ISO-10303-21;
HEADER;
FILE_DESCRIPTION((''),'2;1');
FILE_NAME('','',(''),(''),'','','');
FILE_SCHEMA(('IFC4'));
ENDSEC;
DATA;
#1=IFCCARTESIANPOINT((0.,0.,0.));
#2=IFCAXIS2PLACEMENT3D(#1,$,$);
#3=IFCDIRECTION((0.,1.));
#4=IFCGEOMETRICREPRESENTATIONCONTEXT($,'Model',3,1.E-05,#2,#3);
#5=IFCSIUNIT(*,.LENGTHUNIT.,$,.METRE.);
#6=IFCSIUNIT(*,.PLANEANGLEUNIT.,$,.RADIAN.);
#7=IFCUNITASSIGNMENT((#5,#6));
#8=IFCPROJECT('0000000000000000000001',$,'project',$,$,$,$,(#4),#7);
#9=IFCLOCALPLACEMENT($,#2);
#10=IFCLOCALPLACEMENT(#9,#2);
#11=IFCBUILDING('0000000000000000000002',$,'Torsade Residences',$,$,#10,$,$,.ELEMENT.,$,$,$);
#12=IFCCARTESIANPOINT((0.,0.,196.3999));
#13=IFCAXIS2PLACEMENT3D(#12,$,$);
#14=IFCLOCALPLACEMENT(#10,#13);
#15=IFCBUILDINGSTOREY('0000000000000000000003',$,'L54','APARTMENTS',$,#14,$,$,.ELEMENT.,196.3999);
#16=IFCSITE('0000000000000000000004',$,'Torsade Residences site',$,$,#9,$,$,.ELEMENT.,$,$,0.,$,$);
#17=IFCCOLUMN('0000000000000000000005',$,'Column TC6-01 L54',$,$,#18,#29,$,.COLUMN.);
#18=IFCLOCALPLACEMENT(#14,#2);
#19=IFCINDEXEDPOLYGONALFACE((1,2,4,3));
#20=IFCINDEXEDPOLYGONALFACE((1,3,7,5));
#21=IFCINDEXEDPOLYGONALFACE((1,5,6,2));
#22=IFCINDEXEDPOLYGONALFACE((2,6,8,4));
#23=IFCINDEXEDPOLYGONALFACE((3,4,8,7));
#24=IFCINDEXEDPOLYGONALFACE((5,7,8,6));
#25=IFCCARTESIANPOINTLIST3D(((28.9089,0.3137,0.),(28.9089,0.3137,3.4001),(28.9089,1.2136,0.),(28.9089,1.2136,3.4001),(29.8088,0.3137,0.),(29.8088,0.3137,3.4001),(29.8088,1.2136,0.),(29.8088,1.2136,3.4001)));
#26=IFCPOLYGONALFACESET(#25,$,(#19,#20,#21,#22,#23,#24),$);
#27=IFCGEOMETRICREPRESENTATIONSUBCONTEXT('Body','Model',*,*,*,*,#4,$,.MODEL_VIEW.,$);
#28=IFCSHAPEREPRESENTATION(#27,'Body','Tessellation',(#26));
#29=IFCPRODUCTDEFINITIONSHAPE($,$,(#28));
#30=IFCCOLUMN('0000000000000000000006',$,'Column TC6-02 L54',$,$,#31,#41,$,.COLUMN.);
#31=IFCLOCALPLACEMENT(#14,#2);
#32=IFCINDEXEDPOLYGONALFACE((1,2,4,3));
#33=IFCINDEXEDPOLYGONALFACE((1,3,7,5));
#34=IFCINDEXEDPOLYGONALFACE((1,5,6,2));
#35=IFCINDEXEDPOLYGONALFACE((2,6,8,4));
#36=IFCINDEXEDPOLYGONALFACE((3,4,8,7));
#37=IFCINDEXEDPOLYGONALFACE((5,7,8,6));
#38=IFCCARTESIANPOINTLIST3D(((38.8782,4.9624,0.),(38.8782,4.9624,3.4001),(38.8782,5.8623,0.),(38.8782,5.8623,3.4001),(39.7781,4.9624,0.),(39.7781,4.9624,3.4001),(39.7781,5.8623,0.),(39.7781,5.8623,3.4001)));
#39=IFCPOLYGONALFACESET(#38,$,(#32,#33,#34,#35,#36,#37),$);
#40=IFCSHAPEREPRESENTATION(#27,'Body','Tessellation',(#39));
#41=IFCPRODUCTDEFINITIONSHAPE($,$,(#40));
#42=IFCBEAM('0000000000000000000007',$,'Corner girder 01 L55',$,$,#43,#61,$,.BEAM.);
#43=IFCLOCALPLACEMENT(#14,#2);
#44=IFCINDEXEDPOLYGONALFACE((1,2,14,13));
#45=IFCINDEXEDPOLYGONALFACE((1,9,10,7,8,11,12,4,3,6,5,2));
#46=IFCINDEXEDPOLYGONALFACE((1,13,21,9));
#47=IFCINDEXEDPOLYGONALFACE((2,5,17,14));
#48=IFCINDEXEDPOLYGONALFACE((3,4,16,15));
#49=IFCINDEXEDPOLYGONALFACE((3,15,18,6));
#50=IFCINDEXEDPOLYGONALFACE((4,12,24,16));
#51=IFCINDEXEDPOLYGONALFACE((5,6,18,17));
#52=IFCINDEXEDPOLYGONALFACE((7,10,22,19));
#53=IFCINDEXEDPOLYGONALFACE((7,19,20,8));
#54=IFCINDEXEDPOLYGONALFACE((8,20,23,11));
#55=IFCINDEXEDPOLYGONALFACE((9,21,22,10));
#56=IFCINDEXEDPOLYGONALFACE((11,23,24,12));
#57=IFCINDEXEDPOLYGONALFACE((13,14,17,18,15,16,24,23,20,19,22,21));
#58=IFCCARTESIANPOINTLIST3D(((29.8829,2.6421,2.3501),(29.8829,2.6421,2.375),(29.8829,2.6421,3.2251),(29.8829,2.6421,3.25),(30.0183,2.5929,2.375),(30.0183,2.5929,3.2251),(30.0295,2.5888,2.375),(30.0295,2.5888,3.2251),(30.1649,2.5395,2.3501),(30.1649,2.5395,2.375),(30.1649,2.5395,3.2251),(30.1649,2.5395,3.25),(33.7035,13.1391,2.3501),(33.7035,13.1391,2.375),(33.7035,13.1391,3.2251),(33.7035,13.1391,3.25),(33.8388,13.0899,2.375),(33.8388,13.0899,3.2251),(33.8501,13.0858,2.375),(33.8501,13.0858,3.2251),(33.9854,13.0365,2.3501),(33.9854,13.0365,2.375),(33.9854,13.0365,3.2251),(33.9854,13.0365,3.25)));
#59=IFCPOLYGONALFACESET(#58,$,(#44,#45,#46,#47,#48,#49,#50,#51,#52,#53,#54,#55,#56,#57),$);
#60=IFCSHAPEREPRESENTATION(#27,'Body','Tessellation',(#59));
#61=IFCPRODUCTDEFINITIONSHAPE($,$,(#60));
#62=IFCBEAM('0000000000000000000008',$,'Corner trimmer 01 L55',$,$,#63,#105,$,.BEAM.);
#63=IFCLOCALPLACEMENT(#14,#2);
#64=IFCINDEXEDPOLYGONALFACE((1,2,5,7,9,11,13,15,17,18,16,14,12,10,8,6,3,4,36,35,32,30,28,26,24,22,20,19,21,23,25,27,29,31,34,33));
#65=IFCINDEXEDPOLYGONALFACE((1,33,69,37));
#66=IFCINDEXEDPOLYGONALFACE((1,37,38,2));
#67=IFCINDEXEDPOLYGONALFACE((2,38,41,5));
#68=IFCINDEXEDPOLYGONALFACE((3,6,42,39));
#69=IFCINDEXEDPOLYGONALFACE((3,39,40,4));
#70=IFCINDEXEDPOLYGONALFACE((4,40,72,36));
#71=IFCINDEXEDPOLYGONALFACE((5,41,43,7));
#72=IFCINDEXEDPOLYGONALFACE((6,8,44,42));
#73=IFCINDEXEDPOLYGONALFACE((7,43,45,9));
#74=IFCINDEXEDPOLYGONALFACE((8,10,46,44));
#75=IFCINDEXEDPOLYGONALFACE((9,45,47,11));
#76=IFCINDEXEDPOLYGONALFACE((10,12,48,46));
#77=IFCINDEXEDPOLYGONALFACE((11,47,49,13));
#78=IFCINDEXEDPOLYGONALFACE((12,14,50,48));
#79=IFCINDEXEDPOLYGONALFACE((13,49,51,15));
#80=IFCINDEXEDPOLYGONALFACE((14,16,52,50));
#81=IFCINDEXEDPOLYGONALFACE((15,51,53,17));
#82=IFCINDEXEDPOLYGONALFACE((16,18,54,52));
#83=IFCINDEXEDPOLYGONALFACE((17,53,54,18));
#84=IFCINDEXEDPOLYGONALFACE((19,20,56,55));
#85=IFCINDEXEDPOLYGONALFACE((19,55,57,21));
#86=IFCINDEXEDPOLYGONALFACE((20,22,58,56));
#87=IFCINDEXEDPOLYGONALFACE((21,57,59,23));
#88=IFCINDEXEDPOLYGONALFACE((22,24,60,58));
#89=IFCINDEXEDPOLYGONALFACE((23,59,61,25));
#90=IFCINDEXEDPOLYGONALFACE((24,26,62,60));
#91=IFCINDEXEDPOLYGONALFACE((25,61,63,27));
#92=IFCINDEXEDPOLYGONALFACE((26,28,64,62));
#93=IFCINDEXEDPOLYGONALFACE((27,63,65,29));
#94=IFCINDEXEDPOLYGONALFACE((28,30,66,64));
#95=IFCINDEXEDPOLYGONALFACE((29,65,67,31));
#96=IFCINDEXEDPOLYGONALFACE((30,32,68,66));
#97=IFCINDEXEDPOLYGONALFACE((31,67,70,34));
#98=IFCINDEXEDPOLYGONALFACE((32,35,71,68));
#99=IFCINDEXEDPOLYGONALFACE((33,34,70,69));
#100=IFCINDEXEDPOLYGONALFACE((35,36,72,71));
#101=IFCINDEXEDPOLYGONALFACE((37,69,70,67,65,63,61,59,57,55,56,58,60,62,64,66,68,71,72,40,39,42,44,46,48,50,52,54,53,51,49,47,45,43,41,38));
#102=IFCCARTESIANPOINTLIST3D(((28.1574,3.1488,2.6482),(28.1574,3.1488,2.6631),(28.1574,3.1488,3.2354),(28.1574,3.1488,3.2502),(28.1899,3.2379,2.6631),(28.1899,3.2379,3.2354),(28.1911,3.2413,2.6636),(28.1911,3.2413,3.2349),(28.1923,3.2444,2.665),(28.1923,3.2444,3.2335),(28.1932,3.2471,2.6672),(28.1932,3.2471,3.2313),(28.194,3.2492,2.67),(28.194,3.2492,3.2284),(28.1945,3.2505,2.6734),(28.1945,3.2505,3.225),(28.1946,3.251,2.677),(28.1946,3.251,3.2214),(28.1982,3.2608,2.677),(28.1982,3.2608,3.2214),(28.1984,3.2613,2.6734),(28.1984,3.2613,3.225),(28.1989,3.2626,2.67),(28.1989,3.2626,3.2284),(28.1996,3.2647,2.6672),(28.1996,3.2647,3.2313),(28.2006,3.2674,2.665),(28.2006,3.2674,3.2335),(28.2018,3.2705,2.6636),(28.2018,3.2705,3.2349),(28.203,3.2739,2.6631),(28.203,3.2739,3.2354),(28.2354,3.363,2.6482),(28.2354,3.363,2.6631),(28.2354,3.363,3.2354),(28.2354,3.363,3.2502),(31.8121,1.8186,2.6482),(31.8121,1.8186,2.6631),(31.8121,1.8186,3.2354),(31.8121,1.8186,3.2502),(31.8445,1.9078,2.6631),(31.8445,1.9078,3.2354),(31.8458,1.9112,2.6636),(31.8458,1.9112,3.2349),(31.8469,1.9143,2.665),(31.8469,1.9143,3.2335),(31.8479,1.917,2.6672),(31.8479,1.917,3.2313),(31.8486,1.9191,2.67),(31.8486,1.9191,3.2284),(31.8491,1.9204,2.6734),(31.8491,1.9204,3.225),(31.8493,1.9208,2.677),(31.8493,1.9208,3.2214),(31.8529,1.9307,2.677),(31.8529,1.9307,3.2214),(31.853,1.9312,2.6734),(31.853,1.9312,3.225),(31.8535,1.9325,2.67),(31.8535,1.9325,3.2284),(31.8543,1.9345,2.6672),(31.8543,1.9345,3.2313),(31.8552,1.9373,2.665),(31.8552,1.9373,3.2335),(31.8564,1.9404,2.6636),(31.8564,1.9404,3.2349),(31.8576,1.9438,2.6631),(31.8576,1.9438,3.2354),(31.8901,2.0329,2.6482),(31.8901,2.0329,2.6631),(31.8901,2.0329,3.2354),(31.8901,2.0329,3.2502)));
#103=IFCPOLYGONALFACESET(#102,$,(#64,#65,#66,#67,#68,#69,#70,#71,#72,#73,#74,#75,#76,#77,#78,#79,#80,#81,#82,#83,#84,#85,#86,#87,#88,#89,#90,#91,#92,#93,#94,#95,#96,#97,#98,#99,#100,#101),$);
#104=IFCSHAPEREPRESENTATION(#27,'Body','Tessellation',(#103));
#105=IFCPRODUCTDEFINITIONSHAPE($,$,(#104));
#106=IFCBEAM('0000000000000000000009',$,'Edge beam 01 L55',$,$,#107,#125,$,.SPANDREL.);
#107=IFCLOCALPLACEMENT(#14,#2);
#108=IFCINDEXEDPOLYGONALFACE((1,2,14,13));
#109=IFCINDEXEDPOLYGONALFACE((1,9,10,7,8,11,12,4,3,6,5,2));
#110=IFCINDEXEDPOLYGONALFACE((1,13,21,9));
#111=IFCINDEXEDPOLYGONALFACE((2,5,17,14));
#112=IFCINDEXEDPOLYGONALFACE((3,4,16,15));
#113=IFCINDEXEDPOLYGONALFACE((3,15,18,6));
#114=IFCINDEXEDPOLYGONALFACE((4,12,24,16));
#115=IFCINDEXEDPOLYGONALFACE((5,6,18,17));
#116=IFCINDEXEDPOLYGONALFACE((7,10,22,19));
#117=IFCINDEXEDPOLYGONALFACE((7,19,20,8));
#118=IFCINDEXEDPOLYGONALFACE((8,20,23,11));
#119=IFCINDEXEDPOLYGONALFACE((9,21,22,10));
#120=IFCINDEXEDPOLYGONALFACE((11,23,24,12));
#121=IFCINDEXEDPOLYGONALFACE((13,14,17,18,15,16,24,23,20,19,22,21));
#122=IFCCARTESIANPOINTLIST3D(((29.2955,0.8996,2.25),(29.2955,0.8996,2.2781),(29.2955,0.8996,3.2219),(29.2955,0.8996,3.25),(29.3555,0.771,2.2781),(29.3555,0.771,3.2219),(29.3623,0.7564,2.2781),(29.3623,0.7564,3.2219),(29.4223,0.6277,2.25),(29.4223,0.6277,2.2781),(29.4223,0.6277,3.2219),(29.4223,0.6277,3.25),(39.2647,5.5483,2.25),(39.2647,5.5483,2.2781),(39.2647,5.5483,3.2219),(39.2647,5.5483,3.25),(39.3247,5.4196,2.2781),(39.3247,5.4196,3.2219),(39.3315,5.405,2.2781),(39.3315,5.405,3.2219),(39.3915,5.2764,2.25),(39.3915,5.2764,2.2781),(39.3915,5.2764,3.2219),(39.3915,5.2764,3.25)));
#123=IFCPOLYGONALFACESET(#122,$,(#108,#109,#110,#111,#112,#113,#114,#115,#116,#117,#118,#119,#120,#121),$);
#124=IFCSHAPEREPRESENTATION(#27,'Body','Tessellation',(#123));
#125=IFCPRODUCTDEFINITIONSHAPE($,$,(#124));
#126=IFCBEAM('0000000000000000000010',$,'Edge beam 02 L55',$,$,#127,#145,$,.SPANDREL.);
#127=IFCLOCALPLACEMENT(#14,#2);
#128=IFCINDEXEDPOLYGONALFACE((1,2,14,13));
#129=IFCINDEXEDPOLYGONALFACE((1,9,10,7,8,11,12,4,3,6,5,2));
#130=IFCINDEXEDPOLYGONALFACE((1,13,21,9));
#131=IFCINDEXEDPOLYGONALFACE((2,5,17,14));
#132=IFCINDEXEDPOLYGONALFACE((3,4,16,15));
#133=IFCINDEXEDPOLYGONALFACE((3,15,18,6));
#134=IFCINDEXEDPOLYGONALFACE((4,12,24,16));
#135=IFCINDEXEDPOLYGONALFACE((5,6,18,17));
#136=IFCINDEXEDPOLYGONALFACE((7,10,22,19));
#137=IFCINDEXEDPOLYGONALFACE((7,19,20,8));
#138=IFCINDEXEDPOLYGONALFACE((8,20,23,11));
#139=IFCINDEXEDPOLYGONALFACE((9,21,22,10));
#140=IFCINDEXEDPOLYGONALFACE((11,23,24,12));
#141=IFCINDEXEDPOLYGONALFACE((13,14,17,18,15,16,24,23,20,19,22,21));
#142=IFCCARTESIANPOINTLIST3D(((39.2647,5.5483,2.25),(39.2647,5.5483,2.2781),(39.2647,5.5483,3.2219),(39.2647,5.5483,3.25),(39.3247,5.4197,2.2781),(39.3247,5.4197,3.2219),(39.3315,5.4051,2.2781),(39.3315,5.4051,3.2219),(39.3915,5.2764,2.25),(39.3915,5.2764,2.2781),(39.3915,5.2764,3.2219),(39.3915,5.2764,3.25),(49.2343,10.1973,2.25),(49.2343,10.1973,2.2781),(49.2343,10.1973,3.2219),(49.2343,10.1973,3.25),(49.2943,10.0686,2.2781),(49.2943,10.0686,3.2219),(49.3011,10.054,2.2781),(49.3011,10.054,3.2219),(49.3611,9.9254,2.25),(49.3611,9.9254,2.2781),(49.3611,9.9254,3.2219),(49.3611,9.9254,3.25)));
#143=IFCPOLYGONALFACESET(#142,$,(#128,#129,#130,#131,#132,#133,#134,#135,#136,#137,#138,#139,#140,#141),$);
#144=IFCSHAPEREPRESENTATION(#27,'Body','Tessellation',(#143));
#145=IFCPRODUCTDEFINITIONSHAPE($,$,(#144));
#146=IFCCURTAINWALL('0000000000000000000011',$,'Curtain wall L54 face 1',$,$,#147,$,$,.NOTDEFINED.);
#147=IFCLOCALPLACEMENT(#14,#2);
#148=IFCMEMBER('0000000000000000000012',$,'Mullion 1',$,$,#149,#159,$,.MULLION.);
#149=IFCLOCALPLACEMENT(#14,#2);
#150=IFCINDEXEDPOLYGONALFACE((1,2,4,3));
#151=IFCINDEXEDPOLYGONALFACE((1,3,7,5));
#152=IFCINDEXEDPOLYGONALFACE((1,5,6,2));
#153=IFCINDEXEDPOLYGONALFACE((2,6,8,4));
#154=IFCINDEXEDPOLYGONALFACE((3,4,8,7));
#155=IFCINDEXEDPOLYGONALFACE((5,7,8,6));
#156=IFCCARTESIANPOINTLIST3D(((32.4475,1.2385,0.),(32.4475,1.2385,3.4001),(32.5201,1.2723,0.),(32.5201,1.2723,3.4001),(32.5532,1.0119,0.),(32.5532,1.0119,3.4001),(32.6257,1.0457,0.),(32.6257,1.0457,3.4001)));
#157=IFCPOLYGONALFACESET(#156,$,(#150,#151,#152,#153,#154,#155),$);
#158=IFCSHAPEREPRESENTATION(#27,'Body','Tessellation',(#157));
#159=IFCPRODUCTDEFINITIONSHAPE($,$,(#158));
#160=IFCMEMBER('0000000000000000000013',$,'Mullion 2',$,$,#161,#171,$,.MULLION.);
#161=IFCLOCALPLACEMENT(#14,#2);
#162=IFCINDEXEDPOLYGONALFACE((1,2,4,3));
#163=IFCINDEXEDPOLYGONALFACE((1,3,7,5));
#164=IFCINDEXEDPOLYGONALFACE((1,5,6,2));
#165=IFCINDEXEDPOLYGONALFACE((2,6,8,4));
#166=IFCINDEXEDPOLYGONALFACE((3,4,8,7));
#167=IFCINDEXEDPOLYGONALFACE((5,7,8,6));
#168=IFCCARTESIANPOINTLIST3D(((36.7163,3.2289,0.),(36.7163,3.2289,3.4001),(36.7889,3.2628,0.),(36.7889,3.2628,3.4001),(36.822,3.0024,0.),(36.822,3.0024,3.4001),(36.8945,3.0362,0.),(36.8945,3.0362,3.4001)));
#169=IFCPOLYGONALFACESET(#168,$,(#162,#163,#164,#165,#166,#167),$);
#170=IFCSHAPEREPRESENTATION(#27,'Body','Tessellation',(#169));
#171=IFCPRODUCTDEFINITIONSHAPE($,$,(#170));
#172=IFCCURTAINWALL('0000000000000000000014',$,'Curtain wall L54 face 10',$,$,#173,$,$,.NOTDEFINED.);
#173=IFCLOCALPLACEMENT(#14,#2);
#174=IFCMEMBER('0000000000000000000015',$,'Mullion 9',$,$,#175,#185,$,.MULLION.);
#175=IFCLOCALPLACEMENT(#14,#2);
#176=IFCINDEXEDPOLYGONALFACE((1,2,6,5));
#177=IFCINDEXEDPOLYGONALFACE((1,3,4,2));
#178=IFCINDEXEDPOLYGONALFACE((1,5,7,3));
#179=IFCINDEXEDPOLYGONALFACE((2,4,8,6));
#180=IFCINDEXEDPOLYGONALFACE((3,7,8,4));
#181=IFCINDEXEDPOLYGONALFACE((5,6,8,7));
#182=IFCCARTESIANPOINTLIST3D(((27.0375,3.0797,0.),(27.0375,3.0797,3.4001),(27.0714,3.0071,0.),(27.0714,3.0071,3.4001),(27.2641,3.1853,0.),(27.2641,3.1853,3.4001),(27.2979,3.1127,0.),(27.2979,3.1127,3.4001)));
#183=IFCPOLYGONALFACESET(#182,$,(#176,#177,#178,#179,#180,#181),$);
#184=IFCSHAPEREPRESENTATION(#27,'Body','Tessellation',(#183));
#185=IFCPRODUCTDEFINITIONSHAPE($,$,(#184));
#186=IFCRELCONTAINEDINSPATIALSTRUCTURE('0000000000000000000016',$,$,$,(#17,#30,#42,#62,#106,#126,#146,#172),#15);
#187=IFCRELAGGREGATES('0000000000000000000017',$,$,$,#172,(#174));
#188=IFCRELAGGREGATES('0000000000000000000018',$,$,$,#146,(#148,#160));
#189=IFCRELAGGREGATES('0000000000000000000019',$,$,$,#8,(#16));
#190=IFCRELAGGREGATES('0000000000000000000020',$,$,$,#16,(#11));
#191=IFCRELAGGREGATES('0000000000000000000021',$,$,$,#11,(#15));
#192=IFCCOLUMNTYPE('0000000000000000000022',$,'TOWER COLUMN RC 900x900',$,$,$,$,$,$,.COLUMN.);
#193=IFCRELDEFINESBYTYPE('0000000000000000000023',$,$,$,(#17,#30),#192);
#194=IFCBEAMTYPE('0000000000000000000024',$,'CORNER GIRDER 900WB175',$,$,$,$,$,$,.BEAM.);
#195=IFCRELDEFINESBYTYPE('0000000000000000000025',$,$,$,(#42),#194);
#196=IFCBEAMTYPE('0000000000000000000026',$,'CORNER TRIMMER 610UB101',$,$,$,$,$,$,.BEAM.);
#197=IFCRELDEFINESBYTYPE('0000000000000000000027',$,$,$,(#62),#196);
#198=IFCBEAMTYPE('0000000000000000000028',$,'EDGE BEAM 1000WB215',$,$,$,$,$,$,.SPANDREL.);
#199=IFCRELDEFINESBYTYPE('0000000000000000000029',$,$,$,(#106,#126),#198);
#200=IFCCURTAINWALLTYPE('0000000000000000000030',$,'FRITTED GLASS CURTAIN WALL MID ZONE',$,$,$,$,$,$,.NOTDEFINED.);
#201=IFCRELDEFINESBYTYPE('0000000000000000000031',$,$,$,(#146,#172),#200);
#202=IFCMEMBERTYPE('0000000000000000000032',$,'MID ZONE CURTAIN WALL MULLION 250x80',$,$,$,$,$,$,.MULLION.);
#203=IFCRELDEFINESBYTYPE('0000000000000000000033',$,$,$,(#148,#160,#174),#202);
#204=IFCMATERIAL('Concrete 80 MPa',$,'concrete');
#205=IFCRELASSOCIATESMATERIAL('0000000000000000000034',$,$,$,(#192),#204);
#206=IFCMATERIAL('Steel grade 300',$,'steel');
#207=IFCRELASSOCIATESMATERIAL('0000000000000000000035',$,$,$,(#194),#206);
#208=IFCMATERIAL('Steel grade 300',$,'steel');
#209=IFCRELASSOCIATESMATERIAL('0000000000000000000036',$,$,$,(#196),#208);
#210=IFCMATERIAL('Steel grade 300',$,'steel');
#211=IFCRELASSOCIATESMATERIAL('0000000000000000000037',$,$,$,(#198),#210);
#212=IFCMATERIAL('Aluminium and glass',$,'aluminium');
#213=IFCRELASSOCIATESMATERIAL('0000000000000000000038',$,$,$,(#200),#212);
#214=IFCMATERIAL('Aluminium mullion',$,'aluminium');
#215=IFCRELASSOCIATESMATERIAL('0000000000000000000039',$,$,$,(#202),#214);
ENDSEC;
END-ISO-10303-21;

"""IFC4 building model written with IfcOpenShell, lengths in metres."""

from ifc_helpers import new_model, si_unit, direction, frame, origin, origin_2d, place, context, subcontext, project, spatial, rectangle, i_section, extrude, material, material_profile, profile_set, type_object, element, aggregate, save


model = new_model("IFC4")

# Units and contexts
model_context = context("Model", 3, precision=1e-05, world=origin(), true_north=direction((0.0, 1.0)))
body_context = subcontext(model_context, "Body", "Model", "MODEL_VIEW")
ifc_project = project(units=[si_unit("LENGTHUNIT", "METRE"), si_unit("PLANEANGLEUNIT", "RADIAN")], contexts=[model_context])

# Site, building, storey
site_placement = place(None, origin())
site = spatial("IfcSite", under=ifc_project, at=site_placement, Name="Torsade Residences site", CompositionType="ELEMENT", RefElevation=0.0)
building_placement = place(site_placement, origin())
building = spatial("IfcBuilding", under=site, at=building_placement, Name="Torsade Residences", CompositionType="ELEMENT")
storey_placement = place(building_placement, frame((0.0, 0.0, 196.3999)))
storey = spatial("IfcBuildingStorey", under=building, at=storey_placement, Name="L54", Description="APARTMENTS", CompositionType="ELEMENT", Elevation=196.3999)

# Columns
ifc_material_1 = material(Name="Concrete 80 MPa", Category="concrete")
ifc_material_profile_1 = material_profile(ifc_material_1, rectangle(XDim=0.8999, YDim=0.8999, at=origin_2d()), Name="RC 900x900")
ifc_profile_set_1 = profile_set([ifc_material_profile_1], Name="Concrete 80 MPa")
column_type = type_object("IfcColumnType", Name="TOWER COLUMN RC 900x900", PredefinedType="COLUMN", material=ifc_profile_set_1)
for number, where, z_axis, x_axis, name in (
    (1, (29.3589, 0.7637, 0.0), (0.0, 0.0, 1.0), (1.0, 0.0, 0.0), "Column TC6-01 L54"),
    (2, (39.3281, 5.4124, 0.0), (0.0, 0.0, 1.0), (1.0, 0.0, 0.0), "Column TC6-02 L54"),
):
    element("IfcColumn", number, at=place(storey_placement, frame(where, z_axis=z_axis, x_axis=x_axis)), inside=storey, type_object=column_type, Name=name, PredefinedType="COLUMN", context=body_context, shape_type="SweptSolid", body=[
        extrude(rectangle(XDim=0.8999, YDim=0.8999, at=origin_2d()), origin(), (0.0, 0.0, 1.0), 3.4001),
    ])

# Beams
ifc_material_2 = material(Name="Steel grade 300", Category="steel")
ifc_material_profile_2 = material_profile(ifc_material_2, i_section(OverallWidth=0.3, OverallDepth=0.8999, WebThickness=0.012, FlangeThickness=0.0249, at=origin_2d()), Name="900WB175")
ifc_profile_set_2 = profile_set([ifc_material_profile_2], Name="Steel grade 300")
beam_type_1 = type_object("IfcBeamType", Name="CORNER GIRDER 900WB175", PredefinedType="BEAM", material=ifc_profile_set_2)
beam_1_placement = place(storey_placement, frame((30.0239, 2.5908, 2.8), z_axis=(0.342015, 0.939694, 0.0), x_axis=(-0.939694, 0.342015, 0.0)))
element("IfcBeam", 3, at=beam_1_placement, inside=storey, type_object=beam_type_1, Name="Corner girder 01 L55", PredefinedType="BEAM", context=body_context, shape_type="SweptSolid", body=[
    extrude(i_section(OverallWidth=0.3, OverallDepth=0.8999, WebThickness=0.012, FlangeThickness=0.0249, at=origin_2d()), origin(), (0.0, 0.0, 1.0), 11.1707),
])
ifc_material_3 = material(Name="Steel grade 300", Category="steel")
ifc_material_profile_3 = material_profile(ifc_material_3, i_section(OverallWidth=0.228, OverallDepth=0.6021, WebThickness=0.0105, FlangeThickness=0.0149, FilletRadius=0.0139, at=origin_2d()), Name="610UB101")
ifc_profile_set_3 = profile_set([ifc_material_profile_3], Name="Steel grade 300")
beam_type_2 = type_object("IfcBeamType", Name="CORNER TRIMMER 610UB101", PredefinedType="BEAM", material=ifc_profile_set_3)
beam_2_placement = place(storey_placement, frame((31.8511, 1.9258, 2.9492), z_axis=(-0.939698, 0.342005, 0.0), x_axis=(-0.342005, -0.939698, 0.0)))
element("IfcBeam", 4, at=beam_2_placement, inside=storey, type_object=beam_type_2, Name="Corner trimmer 01 L55", PredefinedType="BEAM", context=body_context, shape_type="SweptSolid", body=[
    extrude(i_section(OverallWidth=0.228, OverallDepth=0.6021, WebThickness=0.0105, FlangeThickness=0.0149, FilletRadius=0.0139, at=origin_2d()), origin(), (0.0, 0.0, 1.0), 3.8892),
])
ifc_material_4 = material(Name="Steel grade 300", Category="steel")
ifc_material_profile_4 = material_profile(ifc_material_4, i_section(OverallWidth=0.3, OverallDepth=1.0, WebThickness=0.0161, FlangeThickness=0.0281, at=origin_2d()), Name="1000WB215")
ifc_profile_set_4 = profile_set([ifc_material_profile_4], Name="Steel grade 300")
beam_type_3 = type_object("IfcBeamType", Name="EDGE BEAM 1000WB215", PredefinedType="SPANDREL", material=ifc_profile_set_4)
beam_3_placement = place(storey_placement, frame((29.3589, 0.7637, 2.75), z_axis=(0.90631, 0.422614, 0.0), x_axis=(-0.422614, 0.90631, 0.0)))
element("IfcBeam", 5, at=beam_3_placement, inside=storey, type_object=beam_type_3, Name="Edge beam 01 L55", PredefinedType="SPANDREL", context=body_context, shape_type="SweptSolid", body=[
    extrude(i_section(OverallWidth=0.3, OverallDepth=1.0, WebThickness=0.0161, FlangeThickness=0.0281, at=origin_2d()), origin(), (0.0, 0.0, 1.0), 10.9998),
])
beam_4_placement = place(storey_placement, frame((39.3281, 5.4124, 2.75), z_axis=(0.906305, 0.422624, 0.0), x_axis=(-0.422624, 0.906305, 0.0)))
element("IfcBeam", 6, at=beam_4_placement, inside=storey, type_object=beam_type_3, Name="Edge beam 02 L55", PredefinedType="SPANDREL", context=body_context, shape_type="SweptSolid", body=[
    extrude(i_section(OverallWidth=0.3, OverallDepth=1.0, WebThickness=0.0161, FlangeThickness=0.0281, at=origin_2d()), origin(), (0.0, 0.0, 1.0), 11.0002),
])

# Curtain wall, members
ifc_material_5 = material(Name="Aluminium and glass", Category="aluminium")
curtain_wall_type = type_object("IfcCurtainWallType", Name="FRITTED GLASS CURTAIN WALL MID ZONE", PredefinedType="NOTDEFINED", material=ifc_material_5)
curtain_wall_1_placement = place(storey_placement, origin())
curtain_wall_1 = element("IfcCurtainWall", 7, at=curtain_wall_1_placement, inside=storey, type_object=curtain_wall_type, Name="Curtain wall L54 face 1", PredefinedType="NOTDEFINED")
ifc_material_6 = material(Name="Aluminium mullion", Category="aluminium")
ifc_material_profile_5 = material_profile(ifc_material_6, rectangle(XDim=0.25, YDim=0.0801, at=origin_2d()), Name="MID ZONE CURTAIN WALL MULLION 250x80")
ifc_profile_set_5 = profile_set([ifc_material_profile_5], Name="Aluminium mullion")
member_type_1 = type_object("IfcMemberType", Name="MID ZONE CURTAIN WALL MULLION 250x80", PredefinedType="MULLION", material=ifc_profile_set_5)
member_1_placement = place(storey_placement, frame((32.5366, 1.1421, 0.0), z_axis=(0.0, 0.0, 1.0), x_axis=(-0.422618, 0.906308, 0.0)))
member_1 = element("IfcMember", 8, at=member_1_placement, type_object=member_type_1, Name="Mullion 1", PredefinedType="MULLION", context=body_context, shape_type="SweptSolid", body=[
    extrude(rectangle(XDim=0.25, YDim=0.0801, at=origin_2d()), origin(), (0.0, 0.0, 1.0), 3.4001),
])
member_2_placement = place(storey_placement, frame((36.8054, 3.1326, 0.0), z_axis=(0.0, 0.0, 1.0), x_axis=(-0.422618, 0.906308, 0.0)))
member_2 = element("IfcMember", 9, at=member_2_placement, type_object=member_type_1, Name="Mullion 2", PredefinedType="MULLION", context=body_context, shape_type="SweptSolid", body=[
    extrude(rectangle(XDim=0.25, YDim=0.0801, at=origin_2d()), origin(), (0.0, 0.0, 1.0), 3.4001),
])

# Curtain wall, member
curtain_wall_2_placement = place(storey_placement, origin())
curtain_wall_2 = element("IfcCurtainWall", 10, at=curtain_wall_2_placement, inside=storey, type_object=curtain_wall_type, Name="Curtain wall L54 face 10", PredefinedType="NOTDEFINED")
member_3_placement = place(storey_placement, frame((27.1677, 3.0962, 0.0), z_axis=(0.0, 0.0, 1.0), x_axis=(0.906308, 0.422618, 0.0)))
member_3 = element("IfcMember", 11, at=member_3_placement, type_object=member_type_1, Name="Mullion 9", PredefinedType="MULLION", context=body_context, shape_type="SweptSolid", body=[
    extrude(rectangle(XDim=0.25, YDim=0.0801, at=origin_2d()), origin(), (0.0, 0.0, 1.0), 3.4001),
])

aggregate(curtain_wall_2, [member_3])
aggregate(curtain_wall_1, [member_1, member_2])

save(model, "model.ifc")
